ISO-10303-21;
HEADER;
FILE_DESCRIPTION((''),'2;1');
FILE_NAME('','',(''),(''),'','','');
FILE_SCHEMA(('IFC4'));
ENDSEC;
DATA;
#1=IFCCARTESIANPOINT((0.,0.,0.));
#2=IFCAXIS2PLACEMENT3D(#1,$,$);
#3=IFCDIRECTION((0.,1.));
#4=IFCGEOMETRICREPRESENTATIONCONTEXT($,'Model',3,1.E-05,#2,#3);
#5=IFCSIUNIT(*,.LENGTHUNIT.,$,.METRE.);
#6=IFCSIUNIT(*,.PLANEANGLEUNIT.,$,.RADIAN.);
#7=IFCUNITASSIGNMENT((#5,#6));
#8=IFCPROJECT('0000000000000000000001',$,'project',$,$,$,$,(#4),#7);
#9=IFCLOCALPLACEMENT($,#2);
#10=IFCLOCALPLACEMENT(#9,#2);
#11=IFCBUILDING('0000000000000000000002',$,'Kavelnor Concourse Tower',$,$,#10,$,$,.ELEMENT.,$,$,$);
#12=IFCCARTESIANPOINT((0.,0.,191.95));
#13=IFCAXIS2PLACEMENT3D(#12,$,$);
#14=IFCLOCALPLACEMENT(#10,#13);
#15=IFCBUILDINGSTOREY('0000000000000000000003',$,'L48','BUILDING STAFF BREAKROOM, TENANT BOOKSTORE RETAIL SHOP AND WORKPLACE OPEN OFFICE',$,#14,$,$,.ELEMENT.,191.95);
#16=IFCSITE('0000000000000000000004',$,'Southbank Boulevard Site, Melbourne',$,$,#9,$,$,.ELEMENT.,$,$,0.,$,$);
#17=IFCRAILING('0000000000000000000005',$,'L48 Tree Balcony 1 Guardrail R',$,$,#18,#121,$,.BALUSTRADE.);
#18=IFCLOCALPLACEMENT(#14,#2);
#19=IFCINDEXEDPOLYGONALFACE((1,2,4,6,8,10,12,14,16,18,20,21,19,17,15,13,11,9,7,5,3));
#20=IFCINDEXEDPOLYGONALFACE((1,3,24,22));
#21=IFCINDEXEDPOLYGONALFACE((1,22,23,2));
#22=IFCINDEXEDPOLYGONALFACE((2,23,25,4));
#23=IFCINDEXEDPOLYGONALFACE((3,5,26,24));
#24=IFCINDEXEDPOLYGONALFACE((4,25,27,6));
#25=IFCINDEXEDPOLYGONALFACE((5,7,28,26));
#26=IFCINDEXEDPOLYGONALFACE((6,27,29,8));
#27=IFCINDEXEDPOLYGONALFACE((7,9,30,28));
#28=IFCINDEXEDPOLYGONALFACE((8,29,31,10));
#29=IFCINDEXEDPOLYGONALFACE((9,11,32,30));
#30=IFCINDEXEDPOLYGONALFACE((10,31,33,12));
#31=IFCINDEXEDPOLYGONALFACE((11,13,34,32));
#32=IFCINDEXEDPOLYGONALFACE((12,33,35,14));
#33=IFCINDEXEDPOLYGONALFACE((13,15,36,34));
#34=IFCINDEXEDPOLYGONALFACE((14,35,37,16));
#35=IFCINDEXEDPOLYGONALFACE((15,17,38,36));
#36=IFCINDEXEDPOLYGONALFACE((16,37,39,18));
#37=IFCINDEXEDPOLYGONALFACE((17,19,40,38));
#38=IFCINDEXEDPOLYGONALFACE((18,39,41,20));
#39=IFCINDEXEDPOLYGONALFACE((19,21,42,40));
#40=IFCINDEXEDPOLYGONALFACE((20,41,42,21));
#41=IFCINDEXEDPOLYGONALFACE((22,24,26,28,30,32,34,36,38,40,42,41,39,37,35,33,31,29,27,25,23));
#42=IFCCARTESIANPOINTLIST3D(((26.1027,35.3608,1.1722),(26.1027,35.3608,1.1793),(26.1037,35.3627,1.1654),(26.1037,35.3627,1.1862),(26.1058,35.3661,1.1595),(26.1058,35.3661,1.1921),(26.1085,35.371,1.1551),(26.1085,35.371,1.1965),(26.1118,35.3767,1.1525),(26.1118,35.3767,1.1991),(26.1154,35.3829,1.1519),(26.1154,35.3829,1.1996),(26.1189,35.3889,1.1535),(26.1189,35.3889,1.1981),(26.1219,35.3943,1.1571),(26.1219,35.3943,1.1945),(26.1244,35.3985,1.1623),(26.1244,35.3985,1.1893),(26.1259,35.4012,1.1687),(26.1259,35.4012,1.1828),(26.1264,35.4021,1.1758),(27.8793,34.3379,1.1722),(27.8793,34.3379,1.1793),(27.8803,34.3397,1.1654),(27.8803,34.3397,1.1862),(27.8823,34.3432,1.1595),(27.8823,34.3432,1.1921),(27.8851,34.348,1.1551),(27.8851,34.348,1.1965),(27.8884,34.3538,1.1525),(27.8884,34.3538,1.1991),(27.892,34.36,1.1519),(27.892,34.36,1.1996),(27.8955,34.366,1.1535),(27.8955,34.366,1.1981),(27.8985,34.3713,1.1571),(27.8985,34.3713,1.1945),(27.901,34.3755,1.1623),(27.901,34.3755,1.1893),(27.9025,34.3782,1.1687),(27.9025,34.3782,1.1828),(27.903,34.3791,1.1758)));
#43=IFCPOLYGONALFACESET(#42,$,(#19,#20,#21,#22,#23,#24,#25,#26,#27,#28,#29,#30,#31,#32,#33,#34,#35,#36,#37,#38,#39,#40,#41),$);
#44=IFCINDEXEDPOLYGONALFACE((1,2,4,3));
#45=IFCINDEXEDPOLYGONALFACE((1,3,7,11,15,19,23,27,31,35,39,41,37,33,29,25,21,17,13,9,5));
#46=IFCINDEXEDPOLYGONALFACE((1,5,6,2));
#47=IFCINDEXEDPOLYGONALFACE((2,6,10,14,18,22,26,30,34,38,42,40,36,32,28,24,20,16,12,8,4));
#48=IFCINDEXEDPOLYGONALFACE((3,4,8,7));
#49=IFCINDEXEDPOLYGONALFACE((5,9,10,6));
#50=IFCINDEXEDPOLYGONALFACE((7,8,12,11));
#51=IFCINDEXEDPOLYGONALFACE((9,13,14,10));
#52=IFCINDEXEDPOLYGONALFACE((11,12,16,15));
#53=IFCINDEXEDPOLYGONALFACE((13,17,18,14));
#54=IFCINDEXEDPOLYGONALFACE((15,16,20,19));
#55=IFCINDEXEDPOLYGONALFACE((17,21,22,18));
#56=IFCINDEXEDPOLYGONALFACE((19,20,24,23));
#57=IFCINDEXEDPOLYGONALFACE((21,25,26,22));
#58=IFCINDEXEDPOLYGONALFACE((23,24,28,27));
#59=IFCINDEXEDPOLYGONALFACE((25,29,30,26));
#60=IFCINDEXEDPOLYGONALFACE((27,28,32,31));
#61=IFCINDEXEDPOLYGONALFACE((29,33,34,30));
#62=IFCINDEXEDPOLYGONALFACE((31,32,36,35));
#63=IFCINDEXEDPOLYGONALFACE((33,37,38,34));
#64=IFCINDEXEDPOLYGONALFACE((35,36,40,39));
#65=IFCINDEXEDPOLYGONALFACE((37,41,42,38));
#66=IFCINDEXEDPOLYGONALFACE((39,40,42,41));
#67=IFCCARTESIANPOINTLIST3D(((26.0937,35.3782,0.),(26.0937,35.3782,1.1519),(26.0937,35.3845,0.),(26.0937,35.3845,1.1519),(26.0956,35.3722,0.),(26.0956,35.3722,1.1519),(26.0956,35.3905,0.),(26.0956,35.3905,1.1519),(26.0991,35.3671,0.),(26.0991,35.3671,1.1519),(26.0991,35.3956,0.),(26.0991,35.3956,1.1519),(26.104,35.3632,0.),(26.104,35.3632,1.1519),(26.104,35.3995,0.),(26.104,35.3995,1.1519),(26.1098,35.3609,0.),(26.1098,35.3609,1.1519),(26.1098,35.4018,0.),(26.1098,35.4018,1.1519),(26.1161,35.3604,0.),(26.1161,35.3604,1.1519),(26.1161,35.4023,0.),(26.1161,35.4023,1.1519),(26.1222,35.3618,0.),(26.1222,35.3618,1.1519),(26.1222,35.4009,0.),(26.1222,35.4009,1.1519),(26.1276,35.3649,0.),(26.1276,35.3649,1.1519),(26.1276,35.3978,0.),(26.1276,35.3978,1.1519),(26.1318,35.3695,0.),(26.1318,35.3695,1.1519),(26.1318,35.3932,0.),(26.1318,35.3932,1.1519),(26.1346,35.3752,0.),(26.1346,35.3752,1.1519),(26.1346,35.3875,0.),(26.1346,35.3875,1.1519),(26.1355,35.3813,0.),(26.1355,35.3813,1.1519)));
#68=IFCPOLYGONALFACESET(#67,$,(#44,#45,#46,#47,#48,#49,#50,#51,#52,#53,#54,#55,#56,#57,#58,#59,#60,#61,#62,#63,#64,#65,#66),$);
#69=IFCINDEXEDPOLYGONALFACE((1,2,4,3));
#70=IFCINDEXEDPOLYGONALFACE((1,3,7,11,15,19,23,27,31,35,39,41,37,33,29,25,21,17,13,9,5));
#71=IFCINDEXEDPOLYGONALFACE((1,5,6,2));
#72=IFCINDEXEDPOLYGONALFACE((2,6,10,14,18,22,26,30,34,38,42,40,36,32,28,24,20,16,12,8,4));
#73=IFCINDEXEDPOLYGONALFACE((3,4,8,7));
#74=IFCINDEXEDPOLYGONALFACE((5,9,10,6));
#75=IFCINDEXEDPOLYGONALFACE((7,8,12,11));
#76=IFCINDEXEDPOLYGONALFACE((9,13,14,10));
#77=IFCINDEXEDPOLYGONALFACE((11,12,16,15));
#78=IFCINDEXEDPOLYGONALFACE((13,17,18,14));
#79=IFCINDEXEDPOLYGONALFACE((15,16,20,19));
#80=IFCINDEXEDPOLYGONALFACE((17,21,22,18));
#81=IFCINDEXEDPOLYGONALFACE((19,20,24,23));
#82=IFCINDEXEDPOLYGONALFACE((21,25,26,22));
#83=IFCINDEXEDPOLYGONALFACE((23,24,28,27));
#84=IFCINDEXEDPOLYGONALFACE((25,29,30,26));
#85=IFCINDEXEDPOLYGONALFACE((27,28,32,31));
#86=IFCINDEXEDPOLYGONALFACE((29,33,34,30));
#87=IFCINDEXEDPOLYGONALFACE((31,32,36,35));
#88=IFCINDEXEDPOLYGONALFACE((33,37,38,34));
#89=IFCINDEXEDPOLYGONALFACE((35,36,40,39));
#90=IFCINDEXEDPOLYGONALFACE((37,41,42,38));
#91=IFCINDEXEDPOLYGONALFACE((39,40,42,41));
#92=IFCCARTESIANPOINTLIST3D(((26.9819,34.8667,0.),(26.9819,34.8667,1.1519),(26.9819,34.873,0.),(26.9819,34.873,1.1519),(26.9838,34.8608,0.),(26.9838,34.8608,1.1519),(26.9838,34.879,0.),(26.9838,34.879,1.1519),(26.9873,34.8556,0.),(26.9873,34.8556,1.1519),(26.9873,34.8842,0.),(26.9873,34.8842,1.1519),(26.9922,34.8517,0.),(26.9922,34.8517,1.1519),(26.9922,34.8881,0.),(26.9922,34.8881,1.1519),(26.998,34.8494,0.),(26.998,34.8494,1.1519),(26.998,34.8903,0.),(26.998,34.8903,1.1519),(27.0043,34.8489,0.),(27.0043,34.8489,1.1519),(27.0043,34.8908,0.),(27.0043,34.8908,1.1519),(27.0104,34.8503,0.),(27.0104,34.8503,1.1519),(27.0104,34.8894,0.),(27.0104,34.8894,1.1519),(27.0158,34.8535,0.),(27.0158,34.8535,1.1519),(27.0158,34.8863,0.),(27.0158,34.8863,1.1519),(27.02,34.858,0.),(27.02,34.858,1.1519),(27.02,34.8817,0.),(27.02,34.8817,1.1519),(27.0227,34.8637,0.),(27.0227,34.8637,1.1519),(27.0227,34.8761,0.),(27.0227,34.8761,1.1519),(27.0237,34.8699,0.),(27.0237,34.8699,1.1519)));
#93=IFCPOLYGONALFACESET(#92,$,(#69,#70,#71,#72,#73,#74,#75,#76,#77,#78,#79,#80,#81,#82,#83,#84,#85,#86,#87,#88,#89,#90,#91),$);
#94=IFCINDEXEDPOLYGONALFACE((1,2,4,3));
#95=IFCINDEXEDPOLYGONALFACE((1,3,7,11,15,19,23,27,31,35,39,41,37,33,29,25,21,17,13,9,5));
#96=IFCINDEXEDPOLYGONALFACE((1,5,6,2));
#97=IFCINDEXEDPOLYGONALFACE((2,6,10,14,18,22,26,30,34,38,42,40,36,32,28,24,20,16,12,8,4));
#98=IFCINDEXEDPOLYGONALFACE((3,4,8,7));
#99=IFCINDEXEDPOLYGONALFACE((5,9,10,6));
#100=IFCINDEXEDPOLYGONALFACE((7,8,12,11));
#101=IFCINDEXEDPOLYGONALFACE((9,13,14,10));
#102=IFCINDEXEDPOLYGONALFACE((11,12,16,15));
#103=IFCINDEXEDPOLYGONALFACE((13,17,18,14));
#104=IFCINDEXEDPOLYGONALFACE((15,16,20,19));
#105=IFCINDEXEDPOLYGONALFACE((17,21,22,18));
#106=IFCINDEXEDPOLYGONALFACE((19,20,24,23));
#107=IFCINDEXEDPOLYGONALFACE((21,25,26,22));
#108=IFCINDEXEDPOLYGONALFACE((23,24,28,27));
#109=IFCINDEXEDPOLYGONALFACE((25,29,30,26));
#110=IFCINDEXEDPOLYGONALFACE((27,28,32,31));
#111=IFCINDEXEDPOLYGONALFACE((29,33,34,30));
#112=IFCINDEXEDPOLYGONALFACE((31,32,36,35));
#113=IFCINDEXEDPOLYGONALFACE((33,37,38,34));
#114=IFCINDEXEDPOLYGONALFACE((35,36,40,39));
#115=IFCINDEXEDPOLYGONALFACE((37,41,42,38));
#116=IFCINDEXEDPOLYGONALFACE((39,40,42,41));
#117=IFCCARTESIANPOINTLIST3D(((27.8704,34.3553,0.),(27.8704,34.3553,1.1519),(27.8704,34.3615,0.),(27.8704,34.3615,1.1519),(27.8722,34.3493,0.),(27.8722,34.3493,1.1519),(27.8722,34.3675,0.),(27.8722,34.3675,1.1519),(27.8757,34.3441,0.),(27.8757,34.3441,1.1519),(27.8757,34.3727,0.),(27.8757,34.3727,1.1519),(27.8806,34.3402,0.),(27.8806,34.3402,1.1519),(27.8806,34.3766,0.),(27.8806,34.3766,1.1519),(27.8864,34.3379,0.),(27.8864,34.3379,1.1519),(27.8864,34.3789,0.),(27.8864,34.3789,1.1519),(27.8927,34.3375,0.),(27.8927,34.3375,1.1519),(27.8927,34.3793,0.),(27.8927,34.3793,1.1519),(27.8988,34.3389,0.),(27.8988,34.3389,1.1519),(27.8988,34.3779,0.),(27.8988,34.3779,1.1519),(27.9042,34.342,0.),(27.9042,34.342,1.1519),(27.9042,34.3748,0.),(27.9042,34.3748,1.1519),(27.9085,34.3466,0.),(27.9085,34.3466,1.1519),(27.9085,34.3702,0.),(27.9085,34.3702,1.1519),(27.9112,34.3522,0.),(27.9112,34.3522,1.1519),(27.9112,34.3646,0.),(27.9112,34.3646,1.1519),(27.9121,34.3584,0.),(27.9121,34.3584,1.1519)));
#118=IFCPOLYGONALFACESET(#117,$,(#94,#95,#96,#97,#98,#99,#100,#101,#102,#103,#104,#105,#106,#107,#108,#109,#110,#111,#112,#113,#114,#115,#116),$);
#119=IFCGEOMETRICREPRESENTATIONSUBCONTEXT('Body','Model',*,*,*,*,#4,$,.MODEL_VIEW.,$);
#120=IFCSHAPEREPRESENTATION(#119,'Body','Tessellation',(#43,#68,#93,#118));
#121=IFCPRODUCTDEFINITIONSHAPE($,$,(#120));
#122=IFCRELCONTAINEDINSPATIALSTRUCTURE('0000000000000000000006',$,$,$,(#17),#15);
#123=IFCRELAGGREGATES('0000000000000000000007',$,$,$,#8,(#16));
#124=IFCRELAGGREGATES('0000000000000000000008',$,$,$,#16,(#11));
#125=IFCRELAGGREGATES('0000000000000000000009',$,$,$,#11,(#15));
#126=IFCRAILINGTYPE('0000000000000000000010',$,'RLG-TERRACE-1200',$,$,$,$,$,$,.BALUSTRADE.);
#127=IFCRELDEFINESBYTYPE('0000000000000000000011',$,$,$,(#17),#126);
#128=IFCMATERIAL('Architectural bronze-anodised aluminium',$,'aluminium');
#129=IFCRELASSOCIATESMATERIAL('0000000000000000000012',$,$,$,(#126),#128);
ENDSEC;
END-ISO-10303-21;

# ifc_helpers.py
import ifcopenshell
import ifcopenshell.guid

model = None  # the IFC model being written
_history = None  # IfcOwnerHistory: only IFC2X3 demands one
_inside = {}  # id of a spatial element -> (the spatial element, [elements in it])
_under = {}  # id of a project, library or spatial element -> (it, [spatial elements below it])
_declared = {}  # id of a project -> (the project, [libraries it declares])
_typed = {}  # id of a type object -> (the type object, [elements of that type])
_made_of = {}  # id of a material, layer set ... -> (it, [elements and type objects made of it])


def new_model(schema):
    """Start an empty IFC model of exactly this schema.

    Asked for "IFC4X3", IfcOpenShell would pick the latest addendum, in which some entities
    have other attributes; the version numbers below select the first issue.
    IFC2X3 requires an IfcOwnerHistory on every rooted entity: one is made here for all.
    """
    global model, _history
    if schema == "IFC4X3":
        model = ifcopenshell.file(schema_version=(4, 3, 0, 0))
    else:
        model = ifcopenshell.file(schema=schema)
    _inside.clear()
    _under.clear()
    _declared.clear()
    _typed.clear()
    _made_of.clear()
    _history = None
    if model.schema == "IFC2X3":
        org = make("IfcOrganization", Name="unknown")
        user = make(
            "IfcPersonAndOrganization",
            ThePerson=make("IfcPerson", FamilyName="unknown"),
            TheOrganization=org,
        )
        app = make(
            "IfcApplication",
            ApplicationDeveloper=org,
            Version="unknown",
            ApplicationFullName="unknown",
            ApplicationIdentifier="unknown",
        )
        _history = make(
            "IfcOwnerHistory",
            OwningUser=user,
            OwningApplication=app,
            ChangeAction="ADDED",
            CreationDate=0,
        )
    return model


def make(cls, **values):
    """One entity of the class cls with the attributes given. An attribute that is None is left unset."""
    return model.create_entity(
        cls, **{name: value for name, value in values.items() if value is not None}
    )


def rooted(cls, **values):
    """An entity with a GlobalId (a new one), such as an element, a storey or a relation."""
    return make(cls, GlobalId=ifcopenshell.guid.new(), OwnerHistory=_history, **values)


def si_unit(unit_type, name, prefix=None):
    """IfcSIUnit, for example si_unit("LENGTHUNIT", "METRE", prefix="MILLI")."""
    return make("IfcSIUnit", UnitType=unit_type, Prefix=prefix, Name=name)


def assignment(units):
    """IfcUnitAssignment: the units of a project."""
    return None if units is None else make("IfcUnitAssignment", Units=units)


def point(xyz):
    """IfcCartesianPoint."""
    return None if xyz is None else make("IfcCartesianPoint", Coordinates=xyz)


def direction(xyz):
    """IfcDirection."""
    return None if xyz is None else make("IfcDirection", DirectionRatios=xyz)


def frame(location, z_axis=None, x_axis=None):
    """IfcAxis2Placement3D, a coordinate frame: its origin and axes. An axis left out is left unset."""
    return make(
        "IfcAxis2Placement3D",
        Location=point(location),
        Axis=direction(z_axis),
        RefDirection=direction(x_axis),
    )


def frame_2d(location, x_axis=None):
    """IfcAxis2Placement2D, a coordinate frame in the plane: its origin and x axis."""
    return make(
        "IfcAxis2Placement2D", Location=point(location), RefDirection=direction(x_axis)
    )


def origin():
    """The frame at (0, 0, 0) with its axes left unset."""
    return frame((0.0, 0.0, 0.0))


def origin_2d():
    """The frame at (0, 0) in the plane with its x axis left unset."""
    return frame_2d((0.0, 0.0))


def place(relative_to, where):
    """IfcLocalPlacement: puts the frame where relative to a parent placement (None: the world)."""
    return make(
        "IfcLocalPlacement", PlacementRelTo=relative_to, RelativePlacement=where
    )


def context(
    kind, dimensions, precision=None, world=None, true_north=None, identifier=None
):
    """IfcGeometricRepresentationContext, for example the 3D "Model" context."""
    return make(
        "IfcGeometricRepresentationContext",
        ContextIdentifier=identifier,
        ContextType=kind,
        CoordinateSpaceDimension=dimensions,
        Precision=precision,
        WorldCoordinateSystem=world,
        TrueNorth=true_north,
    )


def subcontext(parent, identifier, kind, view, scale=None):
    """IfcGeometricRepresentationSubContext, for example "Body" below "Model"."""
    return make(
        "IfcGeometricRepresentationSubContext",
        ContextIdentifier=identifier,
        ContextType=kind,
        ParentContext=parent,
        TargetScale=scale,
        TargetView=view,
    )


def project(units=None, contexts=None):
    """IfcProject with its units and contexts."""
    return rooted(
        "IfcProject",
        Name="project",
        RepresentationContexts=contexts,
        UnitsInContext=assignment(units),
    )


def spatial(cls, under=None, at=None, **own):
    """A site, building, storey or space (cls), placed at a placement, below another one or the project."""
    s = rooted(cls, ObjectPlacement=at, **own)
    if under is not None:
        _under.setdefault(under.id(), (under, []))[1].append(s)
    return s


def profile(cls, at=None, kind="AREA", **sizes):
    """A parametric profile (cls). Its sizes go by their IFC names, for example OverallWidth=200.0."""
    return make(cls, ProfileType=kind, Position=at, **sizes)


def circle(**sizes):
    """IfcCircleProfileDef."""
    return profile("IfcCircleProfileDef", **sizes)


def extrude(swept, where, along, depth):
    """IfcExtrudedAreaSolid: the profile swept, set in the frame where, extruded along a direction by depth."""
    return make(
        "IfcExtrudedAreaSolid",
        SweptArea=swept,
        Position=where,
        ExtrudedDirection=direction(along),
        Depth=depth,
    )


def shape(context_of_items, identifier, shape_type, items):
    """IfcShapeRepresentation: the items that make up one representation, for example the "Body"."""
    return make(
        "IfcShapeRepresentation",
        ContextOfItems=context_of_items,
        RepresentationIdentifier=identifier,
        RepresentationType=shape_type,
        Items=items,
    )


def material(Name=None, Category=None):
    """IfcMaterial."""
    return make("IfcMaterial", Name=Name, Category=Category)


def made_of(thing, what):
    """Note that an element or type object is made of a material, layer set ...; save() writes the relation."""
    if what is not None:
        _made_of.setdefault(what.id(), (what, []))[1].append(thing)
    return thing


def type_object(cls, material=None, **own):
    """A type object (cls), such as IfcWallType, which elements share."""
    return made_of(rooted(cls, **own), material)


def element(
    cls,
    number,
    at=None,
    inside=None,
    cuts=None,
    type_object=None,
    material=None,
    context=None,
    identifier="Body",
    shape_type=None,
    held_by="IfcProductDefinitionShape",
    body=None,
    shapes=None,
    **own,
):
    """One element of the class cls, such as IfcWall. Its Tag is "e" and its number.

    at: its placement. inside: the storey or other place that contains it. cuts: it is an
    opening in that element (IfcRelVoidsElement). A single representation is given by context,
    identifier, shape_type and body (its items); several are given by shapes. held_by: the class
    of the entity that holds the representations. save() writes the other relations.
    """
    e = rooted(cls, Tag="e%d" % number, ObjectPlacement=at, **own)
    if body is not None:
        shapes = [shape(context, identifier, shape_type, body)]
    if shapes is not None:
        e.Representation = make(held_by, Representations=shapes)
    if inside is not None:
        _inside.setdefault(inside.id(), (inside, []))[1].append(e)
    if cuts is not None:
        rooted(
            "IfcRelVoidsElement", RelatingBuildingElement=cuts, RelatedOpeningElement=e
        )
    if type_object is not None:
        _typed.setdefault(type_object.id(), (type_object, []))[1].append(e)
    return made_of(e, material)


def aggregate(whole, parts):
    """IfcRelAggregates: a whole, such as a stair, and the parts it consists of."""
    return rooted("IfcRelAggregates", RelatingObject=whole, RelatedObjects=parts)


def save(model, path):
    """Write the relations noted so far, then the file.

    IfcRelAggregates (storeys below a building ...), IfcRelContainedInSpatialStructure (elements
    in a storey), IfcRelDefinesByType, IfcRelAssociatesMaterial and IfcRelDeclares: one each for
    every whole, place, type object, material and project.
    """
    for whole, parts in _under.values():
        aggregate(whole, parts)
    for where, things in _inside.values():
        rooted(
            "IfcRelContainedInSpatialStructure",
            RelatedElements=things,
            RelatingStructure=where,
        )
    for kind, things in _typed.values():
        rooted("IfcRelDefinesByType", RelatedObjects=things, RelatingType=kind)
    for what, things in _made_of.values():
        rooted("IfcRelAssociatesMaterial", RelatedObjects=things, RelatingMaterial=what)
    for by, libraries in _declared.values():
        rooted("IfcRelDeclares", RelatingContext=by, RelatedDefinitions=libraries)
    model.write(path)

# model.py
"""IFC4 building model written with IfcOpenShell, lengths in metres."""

from ifc_helpers import new_model, si_unit, direction, frame, origin, origin_2d, place, context, subcontext, project, spatial, circle, extrude, material, type_object, element, save


model = new_model("IFC4")

# Units and contexts
model_context = context("Model", 3, precision=1e-05, world=origin(), true_north=direction((0.0, 1.0)))
body_context = subcontext(model_context, "Body", "Model", "MODEL_VIEW")
ifc_project = project(units=[si_unit("LENGTHUNIT", "METRE"), si_unit("PLANEANGLEUNIT", "RADIAN")], contexts=[model_context])

# Site, building, storey
site_placement = place(None, origin())
site = spatial("IfcSite", under=ifc_project, at=site_placement, Name="Southbank Boulevard Site, Melbourne", CompositionType="ELEMENT", RefElevation=0.0)
building_placement = place(site_placement, origin())
building = spatial("IfcBuilding", under=site, at=building_placement, Name="Kavelnor Concourse Tower", CompositionType="ELEMENT")
storey_placement = place(building_placement, frame((0.0, 0.0, 191.95)))
storey = spatial("IfcBuildingStorey", under=building, at=storey_placement, Name="L48", Description="BUILDING STAFF BREAKROOM, TENANT BOOKSTORE RETAIL SHOP AND WORKPLACE OPEN OFFICE", CompositionType="ELEMENT", Elevation=191.95)

# Railing
ifc_material_1 = material(Name="Architectural bronze-anodised aluminium", Category="aluminium")
railing_type = type_object("IfcRailingType", Name="RLG-TERRACE-1200", PredefinedType="BALUSTRADE", material=ifc_material_1)
railing_1_placement = place(storey_placement, frame((26.1145, 35.3813, 0.0)))
element("IfcRailing", 1, at=railing_1_placement, inside=storey, type_object=railing_type, Name="L48 Tree Balcony 1 Guardrail R", PredefinedType="BALUSTRADE", context=body_context, shape_type="SweptSolid", body=[
    extrude(circle(Radius=0.0239, at=origin_2d()), frame((0.0, 0.0, 1.1758), z_axis=(0.866612, -0.498983, 0.0), x_axis=(0.498983, 0.866612, 0.0)), (0.0, 0.0, 1.0), 2.05),
    extrude(circle(Radius=0.021, at=origin_2d()), origin(), (0.0, 0.0, 1.0), 1.1519),
    extrude(circle(Radius=0.021, at=origin_2d()), frame((0.8882, -0.5115, 0.0)), (0.0, 0.0, 1.0), 1.1519),
    extrude(circle(Radius=0.021, at=origin_2d()), frame((1.7766, -1.0229, 0.0)), (0.0, 0.0, 1.0), 1.1519),
])

save(model, "model.ifc")
